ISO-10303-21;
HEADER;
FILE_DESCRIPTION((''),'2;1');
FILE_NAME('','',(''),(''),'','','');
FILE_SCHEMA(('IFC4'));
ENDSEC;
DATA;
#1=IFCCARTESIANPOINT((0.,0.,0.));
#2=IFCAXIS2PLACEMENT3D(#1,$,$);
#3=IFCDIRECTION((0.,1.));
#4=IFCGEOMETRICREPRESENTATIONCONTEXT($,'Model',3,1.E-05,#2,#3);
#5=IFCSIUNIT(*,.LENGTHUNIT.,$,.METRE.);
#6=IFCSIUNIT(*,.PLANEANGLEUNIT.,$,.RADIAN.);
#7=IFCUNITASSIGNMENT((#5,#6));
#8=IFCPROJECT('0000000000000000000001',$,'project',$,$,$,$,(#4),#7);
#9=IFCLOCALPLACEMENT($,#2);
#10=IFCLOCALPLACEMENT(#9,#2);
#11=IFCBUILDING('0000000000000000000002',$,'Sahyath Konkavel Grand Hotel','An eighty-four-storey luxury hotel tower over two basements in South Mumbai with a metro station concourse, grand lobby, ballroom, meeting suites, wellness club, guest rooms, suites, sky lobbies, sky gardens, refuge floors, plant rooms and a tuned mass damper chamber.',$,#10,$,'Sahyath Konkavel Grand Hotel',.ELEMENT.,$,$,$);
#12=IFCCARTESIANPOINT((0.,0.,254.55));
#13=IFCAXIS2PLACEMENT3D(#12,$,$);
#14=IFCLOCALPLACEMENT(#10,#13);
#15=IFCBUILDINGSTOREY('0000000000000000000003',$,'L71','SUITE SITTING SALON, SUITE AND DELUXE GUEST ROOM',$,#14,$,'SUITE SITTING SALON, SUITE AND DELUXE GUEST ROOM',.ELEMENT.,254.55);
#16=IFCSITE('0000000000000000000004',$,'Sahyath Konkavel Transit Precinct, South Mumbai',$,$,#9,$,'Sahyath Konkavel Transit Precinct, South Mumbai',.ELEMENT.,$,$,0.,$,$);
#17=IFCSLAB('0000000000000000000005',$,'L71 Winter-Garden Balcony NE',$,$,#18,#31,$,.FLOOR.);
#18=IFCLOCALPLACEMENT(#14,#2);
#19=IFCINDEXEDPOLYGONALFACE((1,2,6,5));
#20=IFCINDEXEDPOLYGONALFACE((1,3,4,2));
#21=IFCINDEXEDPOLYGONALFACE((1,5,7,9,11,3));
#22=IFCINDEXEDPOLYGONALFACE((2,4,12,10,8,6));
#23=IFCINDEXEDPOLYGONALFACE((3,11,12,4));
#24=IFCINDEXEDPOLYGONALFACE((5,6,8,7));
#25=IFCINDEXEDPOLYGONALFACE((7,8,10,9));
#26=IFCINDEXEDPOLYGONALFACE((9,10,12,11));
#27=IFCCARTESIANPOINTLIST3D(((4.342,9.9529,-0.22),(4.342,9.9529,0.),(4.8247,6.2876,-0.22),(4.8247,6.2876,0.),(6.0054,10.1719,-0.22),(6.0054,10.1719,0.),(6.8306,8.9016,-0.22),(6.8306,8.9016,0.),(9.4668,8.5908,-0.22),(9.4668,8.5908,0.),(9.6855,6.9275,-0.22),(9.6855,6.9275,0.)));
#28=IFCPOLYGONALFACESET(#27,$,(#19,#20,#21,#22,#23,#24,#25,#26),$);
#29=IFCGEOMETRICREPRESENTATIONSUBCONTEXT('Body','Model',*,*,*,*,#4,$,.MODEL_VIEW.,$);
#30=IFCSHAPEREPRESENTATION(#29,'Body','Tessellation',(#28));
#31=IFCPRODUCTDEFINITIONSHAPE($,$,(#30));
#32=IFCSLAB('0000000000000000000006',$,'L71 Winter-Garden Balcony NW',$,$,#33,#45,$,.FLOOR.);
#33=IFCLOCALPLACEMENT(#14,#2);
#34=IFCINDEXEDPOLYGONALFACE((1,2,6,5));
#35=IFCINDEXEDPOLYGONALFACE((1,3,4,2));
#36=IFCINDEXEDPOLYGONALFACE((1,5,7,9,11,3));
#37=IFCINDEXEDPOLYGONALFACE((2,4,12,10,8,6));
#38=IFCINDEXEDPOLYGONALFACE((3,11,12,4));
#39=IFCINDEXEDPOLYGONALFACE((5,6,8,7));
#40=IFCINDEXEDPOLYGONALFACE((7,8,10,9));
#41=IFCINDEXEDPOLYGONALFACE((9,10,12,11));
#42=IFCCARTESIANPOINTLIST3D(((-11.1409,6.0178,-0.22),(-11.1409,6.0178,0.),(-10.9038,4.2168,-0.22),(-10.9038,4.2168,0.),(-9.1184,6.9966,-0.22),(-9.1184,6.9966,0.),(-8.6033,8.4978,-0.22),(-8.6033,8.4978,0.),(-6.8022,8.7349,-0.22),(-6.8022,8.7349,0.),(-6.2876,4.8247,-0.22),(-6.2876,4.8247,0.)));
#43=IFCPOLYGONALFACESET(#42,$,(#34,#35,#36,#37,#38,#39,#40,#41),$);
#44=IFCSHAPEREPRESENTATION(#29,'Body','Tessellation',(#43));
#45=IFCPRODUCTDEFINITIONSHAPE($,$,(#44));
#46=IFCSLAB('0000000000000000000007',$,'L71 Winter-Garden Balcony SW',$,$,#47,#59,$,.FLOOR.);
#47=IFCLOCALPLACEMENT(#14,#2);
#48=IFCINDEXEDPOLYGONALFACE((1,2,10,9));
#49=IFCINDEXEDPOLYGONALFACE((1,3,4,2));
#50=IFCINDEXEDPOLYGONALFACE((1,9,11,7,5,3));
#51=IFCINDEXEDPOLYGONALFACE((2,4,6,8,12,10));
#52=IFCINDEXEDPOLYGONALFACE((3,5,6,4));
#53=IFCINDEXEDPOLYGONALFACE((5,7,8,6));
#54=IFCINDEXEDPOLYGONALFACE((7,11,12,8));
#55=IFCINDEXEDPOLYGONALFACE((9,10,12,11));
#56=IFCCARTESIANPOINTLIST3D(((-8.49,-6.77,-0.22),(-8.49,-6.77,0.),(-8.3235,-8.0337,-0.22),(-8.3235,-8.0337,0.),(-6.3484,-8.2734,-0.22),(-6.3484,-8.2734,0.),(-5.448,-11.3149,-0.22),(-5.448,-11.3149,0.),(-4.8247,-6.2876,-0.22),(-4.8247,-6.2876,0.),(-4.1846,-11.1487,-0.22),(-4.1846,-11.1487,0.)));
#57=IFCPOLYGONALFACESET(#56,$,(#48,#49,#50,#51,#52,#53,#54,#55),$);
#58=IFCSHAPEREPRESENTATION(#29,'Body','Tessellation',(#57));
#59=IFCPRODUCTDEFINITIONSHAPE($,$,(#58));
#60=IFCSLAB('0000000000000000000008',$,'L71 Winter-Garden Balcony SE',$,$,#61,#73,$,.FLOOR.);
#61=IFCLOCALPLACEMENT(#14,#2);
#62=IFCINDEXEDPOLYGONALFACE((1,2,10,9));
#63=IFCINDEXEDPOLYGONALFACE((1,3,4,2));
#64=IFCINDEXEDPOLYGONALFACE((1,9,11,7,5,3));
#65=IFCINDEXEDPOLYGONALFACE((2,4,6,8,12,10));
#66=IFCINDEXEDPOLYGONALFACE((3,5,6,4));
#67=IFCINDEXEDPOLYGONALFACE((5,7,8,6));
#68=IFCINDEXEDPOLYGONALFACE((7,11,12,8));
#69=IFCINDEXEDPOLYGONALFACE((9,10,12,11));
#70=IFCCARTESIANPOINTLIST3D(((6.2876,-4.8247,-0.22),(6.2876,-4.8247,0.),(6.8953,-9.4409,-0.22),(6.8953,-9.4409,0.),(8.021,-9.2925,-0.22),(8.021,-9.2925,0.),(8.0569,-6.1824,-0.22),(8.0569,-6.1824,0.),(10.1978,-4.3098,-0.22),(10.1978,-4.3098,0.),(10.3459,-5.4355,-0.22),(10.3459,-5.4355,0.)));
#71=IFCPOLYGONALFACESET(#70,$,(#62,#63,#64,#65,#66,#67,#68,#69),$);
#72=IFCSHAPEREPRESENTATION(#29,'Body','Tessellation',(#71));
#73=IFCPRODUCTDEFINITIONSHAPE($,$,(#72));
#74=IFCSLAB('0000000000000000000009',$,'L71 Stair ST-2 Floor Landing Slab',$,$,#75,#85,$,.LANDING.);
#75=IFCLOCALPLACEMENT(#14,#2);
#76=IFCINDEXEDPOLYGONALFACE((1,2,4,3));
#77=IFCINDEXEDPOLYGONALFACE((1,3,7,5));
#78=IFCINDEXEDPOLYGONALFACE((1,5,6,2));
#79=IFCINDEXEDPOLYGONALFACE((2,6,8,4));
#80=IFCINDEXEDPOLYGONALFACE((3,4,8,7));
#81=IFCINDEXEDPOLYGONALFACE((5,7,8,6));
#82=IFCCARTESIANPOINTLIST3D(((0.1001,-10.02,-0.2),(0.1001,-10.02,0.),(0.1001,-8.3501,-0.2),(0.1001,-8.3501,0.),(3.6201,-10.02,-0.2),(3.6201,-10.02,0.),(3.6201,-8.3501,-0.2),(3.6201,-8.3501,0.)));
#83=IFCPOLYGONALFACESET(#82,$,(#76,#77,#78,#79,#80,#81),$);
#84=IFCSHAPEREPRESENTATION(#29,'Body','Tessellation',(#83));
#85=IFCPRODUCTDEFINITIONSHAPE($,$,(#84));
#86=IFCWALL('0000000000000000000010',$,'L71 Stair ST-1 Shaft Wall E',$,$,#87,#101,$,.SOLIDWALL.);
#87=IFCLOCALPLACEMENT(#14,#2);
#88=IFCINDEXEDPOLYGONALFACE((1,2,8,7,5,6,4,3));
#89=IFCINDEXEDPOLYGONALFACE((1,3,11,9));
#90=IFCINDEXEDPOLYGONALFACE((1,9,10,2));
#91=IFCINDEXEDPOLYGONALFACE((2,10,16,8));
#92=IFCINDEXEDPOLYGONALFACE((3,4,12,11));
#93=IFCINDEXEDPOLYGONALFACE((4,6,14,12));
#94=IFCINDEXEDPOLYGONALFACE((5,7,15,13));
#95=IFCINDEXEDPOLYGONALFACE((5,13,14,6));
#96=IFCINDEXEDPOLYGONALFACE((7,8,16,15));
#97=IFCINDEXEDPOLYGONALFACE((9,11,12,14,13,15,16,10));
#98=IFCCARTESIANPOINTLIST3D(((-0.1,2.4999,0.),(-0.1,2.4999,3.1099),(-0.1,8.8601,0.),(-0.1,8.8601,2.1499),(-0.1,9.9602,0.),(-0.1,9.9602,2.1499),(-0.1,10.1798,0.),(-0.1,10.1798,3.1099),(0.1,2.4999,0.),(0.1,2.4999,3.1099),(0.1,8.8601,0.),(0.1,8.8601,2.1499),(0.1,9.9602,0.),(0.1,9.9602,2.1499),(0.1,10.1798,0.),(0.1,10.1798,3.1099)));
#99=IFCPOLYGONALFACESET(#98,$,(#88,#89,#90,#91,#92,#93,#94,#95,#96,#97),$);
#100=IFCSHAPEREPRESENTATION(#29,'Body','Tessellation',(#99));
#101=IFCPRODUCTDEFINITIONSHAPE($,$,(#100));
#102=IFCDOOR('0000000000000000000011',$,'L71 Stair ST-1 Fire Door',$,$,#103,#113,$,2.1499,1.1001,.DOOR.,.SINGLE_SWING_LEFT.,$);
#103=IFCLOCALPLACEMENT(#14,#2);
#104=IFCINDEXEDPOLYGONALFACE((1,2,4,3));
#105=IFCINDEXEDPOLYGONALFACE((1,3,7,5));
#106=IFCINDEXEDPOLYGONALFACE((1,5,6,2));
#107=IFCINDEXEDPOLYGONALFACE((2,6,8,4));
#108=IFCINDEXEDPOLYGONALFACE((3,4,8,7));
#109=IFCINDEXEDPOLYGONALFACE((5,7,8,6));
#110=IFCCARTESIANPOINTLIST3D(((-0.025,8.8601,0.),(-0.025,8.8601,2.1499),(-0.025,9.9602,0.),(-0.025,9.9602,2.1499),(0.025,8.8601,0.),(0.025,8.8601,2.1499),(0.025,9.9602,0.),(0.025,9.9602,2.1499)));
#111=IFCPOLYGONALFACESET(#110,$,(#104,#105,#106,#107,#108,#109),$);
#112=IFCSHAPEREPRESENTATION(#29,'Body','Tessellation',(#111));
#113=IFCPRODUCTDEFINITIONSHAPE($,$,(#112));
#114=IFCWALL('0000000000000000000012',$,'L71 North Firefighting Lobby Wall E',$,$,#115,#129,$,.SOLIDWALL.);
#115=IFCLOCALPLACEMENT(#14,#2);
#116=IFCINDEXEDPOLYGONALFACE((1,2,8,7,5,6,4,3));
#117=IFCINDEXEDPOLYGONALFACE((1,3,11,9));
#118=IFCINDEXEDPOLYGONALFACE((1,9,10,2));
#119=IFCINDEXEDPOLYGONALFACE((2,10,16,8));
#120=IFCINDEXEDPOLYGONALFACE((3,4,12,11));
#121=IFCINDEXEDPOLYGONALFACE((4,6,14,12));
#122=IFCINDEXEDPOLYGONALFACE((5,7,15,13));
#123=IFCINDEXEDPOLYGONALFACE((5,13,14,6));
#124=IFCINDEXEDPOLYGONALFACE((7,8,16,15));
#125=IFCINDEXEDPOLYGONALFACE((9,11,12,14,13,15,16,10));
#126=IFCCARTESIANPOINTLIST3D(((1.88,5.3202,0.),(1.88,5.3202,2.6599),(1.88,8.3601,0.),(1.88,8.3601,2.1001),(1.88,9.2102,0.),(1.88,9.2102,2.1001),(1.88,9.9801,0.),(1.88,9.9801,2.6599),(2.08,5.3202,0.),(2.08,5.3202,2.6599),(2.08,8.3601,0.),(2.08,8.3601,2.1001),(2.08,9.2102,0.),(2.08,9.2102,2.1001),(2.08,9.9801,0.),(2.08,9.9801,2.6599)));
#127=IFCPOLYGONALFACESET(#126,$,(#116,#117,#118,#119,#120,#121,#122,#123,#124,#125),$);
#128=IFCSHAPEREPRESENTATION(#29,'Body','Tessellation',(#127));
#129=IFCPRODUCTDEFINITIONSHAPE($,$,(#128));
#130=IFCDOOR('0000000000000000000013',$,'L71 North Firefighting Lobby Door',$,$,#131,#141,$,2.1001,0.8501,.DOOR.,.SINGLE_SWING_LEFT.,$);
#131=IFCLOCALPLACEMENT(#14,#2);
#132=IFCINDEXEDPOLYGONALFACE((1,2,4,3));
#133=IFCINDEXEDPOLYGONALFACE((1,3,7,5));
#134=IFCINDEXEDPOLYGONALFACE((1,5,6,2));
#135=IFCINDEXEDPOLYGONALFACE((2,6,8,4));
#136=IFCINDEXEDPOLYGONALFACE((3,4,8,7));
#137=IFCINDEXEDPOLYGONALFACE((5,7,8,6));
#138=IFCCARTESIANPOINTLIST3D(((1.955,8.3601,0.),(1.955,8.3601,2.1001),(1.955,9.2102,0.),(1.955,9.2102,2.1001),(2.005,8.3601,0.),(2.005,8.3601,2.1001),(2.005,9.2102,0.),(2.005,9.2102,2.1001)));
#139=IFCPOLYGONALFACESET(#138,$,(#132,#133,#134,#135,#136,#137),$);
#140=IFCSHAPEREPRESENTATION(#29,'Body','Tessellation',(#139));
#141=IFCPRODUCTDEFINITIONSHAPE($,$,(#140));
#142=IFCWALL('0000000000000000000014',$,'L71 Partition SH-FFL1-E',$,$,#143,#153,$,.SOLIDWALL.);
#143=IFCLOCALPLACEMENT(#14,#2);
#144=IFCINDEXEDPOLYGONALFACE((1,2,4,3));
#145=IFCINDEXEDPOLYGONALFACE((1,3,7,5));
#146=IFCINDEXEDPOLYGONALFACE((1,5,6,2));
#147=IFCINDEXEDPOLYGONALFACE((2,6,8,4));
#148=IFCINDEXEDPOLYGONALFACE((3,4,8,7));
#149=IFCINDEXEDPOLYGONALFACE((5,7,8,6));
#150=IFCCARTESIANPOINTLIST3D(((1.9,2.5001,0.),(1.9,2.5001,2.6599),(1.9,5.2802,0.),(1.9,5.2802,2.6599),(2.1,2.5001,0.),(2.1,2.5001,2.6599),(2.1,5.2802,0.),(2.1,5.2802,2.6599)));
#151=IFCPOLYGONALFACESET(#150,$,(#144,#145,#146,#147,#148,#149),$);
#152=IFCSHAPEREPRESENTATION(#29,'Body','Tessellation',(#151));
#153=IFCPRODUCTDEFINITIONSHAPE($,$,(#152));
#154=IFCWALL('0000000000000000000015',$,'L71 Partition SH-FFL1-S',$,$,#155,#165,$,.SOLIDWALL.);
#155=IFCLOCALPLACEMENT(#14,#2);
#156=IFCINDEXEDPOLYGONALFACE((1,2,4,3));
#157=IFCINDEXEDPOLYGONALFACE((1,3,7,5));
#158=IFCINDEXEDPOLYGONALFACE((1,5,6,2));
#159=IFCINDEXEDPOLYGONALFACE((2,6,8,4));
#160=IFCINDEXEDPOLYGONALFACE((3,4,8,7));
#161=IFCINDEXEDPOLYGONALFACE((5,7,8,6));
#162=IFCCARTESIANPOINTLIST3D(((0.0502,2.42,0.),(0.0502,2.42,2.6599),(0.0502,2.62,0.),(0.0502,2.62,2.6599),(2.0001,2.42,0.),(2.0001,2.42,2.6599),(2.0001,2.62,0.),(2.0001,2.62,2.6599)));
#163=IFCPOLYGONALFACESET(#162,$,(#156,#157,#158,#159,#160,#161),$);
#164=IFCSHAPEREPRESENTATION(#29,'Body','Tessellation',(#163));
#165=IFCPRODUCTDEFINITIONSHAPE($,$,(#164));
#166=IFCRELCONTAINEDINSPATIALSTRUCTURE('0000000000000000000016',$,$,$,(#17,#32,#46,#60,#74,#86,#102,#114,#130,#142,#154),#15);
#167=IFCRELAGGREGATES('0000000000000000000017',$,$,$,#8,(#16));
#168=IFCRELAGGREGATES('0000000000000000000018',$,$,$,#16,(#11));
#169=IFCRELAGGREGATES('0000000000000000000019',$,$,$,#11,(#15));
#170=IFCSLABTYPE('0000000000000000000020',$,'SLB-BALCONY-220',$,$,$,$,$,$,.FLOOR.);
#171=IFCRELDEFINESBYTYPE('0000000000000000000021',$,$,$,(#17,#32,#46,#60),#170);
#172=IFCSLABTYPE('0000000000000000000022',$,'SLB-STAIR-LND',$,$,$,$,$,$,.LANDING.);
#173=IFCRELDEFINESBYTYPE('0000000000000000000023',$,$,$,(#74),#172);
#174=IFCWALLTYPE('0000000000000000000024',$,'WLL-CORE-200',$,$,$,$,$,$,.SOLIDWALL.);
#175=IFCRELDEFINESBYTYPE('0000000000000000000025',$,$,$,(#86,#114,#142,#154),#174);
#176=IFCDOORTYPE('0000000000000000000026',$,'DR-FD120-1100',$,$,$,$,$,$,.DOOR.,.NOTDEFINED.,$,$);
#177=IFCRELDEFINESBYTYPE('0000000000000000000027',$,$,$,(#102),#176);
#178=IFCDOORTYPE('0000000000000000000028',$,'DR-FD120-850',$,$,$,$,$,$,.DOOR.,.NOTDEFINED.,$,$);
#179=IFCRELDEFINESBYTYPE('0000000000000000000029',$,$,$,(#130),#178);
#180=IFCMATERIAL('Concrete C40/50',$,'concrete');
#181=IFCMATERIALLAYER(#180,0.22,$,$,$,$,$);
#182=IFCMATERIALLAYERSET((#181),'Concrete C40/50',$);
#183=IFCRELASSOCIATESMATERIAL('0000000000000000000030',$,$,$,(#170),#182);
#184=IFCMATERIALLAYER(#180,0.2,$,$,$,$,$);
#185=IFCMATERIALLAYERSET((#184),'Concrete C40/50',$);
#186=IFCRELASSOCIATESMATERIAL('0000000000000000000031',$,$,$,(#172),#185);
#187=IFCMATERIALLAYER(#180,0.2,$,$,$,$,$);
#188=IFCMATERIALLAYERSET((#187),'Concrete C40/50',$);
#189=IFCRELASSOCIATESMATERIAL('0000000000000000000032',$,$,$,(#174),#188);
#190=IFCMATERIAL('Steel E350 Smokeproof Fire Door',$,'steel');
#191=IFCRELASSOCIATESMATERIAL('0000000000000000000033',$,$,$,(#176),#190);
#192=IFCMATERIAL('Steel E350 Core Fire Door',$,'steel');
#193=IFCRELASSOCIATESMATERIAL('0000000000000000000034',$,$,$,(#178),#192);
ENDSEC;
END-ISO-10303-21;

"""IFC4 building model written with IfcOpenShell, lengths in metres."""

from ifc_helpers import new_model, si_unit, direction, frame, frame_2d, origin, origin_2d, place, context, subcontext, project, spatial, polyline, rectangle, outline, extrude, source, transform, mapped, material, layer, layer_set, type_object, element, fill, save


model = new_model("IFC4")

# Units and contexts
model_context = context("Model", 3, precision=1e-05, world=origin(), true_north=direction((0.0, 1.0)))
body_context = subcontext(model_context, "Body", "Model", "MODEL_VIEW")
ifc_project = project(units=[si_unit("LENGTHUNIT", "METRE"), si_unit("PLANEANGLEUNIT", "RADIAN")], contexts=[model_context])

# Site, building, storey
site_placement = place(None, origin())
site = spatial("IfcSite", under=ifc_project, at=site_placement, Name="Sahyath Konkavel Transit Precinct, South Mumbai", LongName="Sahyath Konkavel Transit Precinct, South Mumbai", CompositionType="ELEMENT", RefElevation=0.0)
building_placement = place(site_placement, origin())
building = spatial("IfcBuilding", under=site, at=building_placement, Name="Sahyath Konkavel Grand Hotel", Description="An eighty-four-storey luxury hotel tower over two basements in South Mumbai with a metro station concourse, grand lobby, ballroom, meeting suites, wellness club, guest rooms, suites, sky lobbies, sky gardens, refuge floors, plant rooms and a tuned mass damper chamber.", LongName="Sahyath Konkavel Grand Hotel", CompositionType="ELEMENT")
storey_placement = place(building_placement, frame((0.0, 0.0, 254.55)))
storey = spatial("IfcBuildingStorey", under=building, at=storey_placement, Name="L71", Description="SUITE SITTING SALON, SUITE AND DELUXE GUEST ROOM", LongName="SUITE SITTING SALON, SUITE AND DELUXE GUEST ROOM", CompositionType="ELEMENT", Elevation=254.55)

# Slabs
ifc_material_1 = material(Name="Concrete C40/50", Category="concrete")
ifc_layer_1 = layer(ifc_material_1, 0.22)
ifc_layer_set_1 = layer_set([ifc_layer_1], Name="Concrete C40/50")
slab_type_1 = type_object("IfcSlabType", Name="SLB-BALCONY-220", PredefinedType="FLOOR", material=ifc_layer_set_1)
slab_1_placement = place(storey_placement, frame((0.0, 0.0, -0.22)))
element("IfcSlab", 1, at=slab_1_placement, inside=storey, type_object=slab_type_1, Name="L71 Winter-Garden Balcony NE", PredefinedType="FLOOR", context=body_context, shape_type="SweptSolid", body=[
    extrude(outline(polyline([(4.8247, 6.2876), (9.6855, 6.9275), (9.4668, 8.5908), (6.8306, 8.9016), (6.0054, 10.1719), (4.342, 9.9529), (4.8247, 6.2876)])), origin(), (0.0, 0.0, 1.0), 0.22),
])
slab_2_placement = place(storey_placement, frame((0.0, 0.0, -0.22)))
element("IfcSlab", 2, at=slab_2_placement, inside=storey, type_object=slab_type_1, Name="L71 Winter-Garden Balcony NW", PredefinedType="FLOOR", context=body_context, shape_type="SweptSolid", body=[
    extrude(outline(polyline([(-6.2876, 4.8247), (-6.8022, 8.7349), (-8.6033, 8.4978), (-9.1184, 6.9966), (-11.1409, 6.0178), (-10.9038, 4.2168), (-6.2876, 4.8247)])), origin(), (0.0, 0.0, 1.0), 0.22),
])
slab_3_placement = place(storey_placement, frame((0.0, 0.0, -0.22)))
element("IfcSlab", 3, at=slab_3_placement, inside=storey, type_object=slab_type_1, Name="L71 Winter-Garden Balcony SW", PredefinedType="FLOOR", context=body_context, shape_type="SweptSolid", body=[
    extrude(outline(polyline([(-4.8247, -6.2876), (-8.49, -6.77), (-8.3235, -8.0337), (-6.3484, -8.2734), (-5.448, -11.3149), (-4.1846, -11.1487), (-4.8247, -6.2876)])), origin(), (0.0, 0.0, 1.0), 0.22),
])
slab_4_placement = place(storey_placement, frame((0.0, 0.0, -0.22)))
element("IfcSlab", 4, at=slab_4_placement, inside=storey, type_object=slab_type_1, Name="L71 Winter-Garden Balcony SE", PredefinedType="FLOOR", context=body_context, shape_type="SweptSolid", body=[
    extrude(outline(polyline([(6.2876, -4.8247), (6.8953, -9.4409), (8.021, -9.2925), (8.0569, -6.1824), (10.3459, -5.4355), (10.1978, -4.3098), (6.2876, -4.8247)])), origin(), (0.0, 0.0, 1.0), 0.22),
])
ifc_layer_2 = layer(ifc_material_1, 0.2)
ifc_layer_set_2 = layer_set([ifc_layer_2], Name="Concrete C40/50")
slab_type_2 = type_object("IfcSlabType", Name="SLB-STAIR-LND", PredefinedType="LANDING", material=ifc_layer_set_2)
slab_5_placement = place(storey_placement, frame((0.0, 0.0, -0.2)))
element("IfcSlab", 5, at=slab_5_placement, inside=storey, type_object=slab_type_2, Name="L71 Stair ST-2 Floor Landing Slab", PredefinedType="LANDING", context=body_context, shape_type="SweptSolid", body=[
    extrude(outline(polyline([(0.1001, -10.02), (3.6201, -10.02), (3.6201, -8.3501), (0.1001, -8.3501), (0.1001, -10.02)])), origin(), (0.0, 0.0, 1.0), 0.2),
])

# Walls, openings, doors
ifc_layer_3 = layer(ifc_material_1, 0.2)
ifc_layer_set_3 = layer_set([ifc_layer_3], Name="Concrete C40/50")
wall_type = type_object("IfcWallType", Name="WLL-CORE-200", PredefinedType="SOLIDWALL", material=ifc_layer_set_3)
wall_1_placement = place(storey_placement, frame((0.0, 2.5, 0.0), z_axis=(0.0, 0.0, 1.0), x_axis=(0.0, 1.0, 0.0)))
wall_1 = element("IfcWall", 6, at=wall_1_placement, inside=storey, type_object=wall_type, Name="L71 Stair ST-1 Shaft Wall E", PredefinedType="SOLIDWALL", context=body_context, shape_type="SweptSolid", body=[
    extrude(rectangle(XDim=7.6799, YDim=0.2, at=frame_2d((3.8398, 0.0))), origin(), (0.0, 0.0, 1.0), 3.1099),
])
opening_1_placement = place(wall_1_placement, frame((6.3601, 0.0, 0.0)))
opening_1 = element("IfcOpeningElement", 7, at=opening_1_placement, cuts=wall_1, PredefinedType="OPENING", context=body_context, shape_type="SweptSolid", body=[
    extrude(rectangle(XDim=1.1001, YDim=2.1499, at=frame_2d((0.55, 1.075))), frame((0.0, 0.1099, 0.0), z_axis=(0.0, -1.0, 0.0), x_axis=(1.0, 0.0, 0.0)), (0.0, 0.0, 1.0), 0.22),
])
ifc_material_2 = material(Name="Steel E350 Smokeproof Fire Door", Category="steel")
door_type_1 = type_object("IfcDoorType", Name="DR-FD120-1100", OperationType="NOTDEFINED", PredefinedType="DOOR", material=ifc_material_2)
shared_shape_1 = source(origin(), body_context, "Body", "SweptSolid", [
    extrude(rectangle(XDim=1.1001, YDim=0.05, at=origin_2d()), origin(), (0.0, 0.0, 1.0), 2.1499),
])
door_1_placement = place(opening_1_placement, frame((0.55, 0.0, 0.0)))
door_1 = element("IfcDoor", 8, at=door_1_placement, inside=storey, type_object=door_type_1, Name="L71 Stair ST-1 Fire Door", OperationType="SINGLE_SWING_LEFT", OverallHeight=2.1499, OverallWidth=1.1001, PredefinedType="DOOR", context=body_context, shape_type="MappedRepresentation", body=[
    mapped(shared_shape_1, transform((0.0, 0.0, 0.0), scale=1.0)),
])
fill(opening_1, door_1)
wall_2_placement = place(storey_placement, frame((1.98, 5.3201, 0.0), z_axis=(0.0, 0.0, 1.0), x_axis=(0.0, 1.0, 0.0)))
wall_2 = element("IfcWall", 9, at=wall_2_placement, inside=storey, type_object=wall_type, Name="L71 North Firefighting Lobby Wall E", PredefinedType="SOLIDWALL", context=body_context, shape_type="SweptSolid", body=[
    extrude(rectangle(XDim=4.6599, YDim=0.2, at=frame_2d((2.3301, 0.0))), origin(), (0.0, 0.0, 1.0), 2.6599),
])
opening_2_placement = place(wall_2_placement, frame((3.04, 0.0, 0.0)))
opening_2 = element("IfcOpeningElement", 10, at=opening_2_placement, cuts=wall_2, PredefinedType="OPENING", context=body_context, shape_type="SweptSolid", body=[
    extrude(rectangle(XDim=0.8501, YDim=2.1001, at=frame_2d((0.425, 1.05))), frame((0.0, 0.1099, 0.0), z_axis=(0.0, -1.0, 0.0), x_axis=(1.0, 0.0, 0.0)), (0.0, 0.0, 1.0), 0.22),
])
ifc_material_3 = material(Name="Steel E350 Core Fire Door", Category="steel")
door_type_2 = type_object("IfcDoorType", Name="DR-FD120-850", OperationType="NOTDEFINED", PredefinedType="DOOR", material=ifc_material_3)
shared_shape_2 = source(origin(), body_context, "Body", "SweptSolid", [
    extrude(rectangle(XDim=0.8501, YDim=0.05, at=origin_2d()), origin(), (0.0, 0.0, 1.0), 2.1001),
])
door_2_placement = place(opening_2_placement, frame((0.425, 0.0, 0.0)))
door_2 = element("IfcDoor", 11, at=door_2_placement, inside=storey, type_object=door_type_2, Name="L71 North Firefighting Lobby Door", OperationType="SINGLE_SWING_LEFT", OverallHeight=2.1001, OverallWidth=0.8501, PredefinedType="DOOR", context=body_context, shape_type="MappedRepresentation", body=[
    mapped(shared_shape_2, transform((0.0, 0.0, 0.0), scale=1.0)),
])
fill(opening_2, door_2)

# Walls
wall_3_placement = place(storey_placement, frame((2.0, 2.5, 0.0), z_axis=(0.0, 0.0, 1.0), x_axis=(0.0, 1.0, 0.0)))
element("IfcWall", 12, at=wall_3_placement, inside=storey, type_object=wall_type, Name="L71 Partition SH-FFL1-E", PredefinedType="SOLIDWALL", context=body_context, shape_type="SweptSolid", body=[
    extrude(rectangle(XDim=2.78, YDim=0.2, at=frame_2d((1.3901, 0.0))), origin(), (0.0, 0.0, 1.0), 2.6599),
])
wall_4_placement = place(storey_placement, frame((0.05, 2.52, 0.0), z_axis=(0.0, 0.0, 1.0), x_axis=(1.0, 0.0, 0.0)))
element("IfcWall", 13, at=wall_4_placement, inside=storey, type_object=wall_type, Name="L71 Partition SH-FFL1-S", PredefinedType="SOLIDWALL", context=body_context, shape_type="SweptSolid", body=[
    extrude(rectangle(XDim=1.95, YDim=0.2, at=frame_2d((0.9751, 0.0))), origin(), (0.0, 0.0, 1.0), 2.6599),
])

save(model, "model.ifc")
